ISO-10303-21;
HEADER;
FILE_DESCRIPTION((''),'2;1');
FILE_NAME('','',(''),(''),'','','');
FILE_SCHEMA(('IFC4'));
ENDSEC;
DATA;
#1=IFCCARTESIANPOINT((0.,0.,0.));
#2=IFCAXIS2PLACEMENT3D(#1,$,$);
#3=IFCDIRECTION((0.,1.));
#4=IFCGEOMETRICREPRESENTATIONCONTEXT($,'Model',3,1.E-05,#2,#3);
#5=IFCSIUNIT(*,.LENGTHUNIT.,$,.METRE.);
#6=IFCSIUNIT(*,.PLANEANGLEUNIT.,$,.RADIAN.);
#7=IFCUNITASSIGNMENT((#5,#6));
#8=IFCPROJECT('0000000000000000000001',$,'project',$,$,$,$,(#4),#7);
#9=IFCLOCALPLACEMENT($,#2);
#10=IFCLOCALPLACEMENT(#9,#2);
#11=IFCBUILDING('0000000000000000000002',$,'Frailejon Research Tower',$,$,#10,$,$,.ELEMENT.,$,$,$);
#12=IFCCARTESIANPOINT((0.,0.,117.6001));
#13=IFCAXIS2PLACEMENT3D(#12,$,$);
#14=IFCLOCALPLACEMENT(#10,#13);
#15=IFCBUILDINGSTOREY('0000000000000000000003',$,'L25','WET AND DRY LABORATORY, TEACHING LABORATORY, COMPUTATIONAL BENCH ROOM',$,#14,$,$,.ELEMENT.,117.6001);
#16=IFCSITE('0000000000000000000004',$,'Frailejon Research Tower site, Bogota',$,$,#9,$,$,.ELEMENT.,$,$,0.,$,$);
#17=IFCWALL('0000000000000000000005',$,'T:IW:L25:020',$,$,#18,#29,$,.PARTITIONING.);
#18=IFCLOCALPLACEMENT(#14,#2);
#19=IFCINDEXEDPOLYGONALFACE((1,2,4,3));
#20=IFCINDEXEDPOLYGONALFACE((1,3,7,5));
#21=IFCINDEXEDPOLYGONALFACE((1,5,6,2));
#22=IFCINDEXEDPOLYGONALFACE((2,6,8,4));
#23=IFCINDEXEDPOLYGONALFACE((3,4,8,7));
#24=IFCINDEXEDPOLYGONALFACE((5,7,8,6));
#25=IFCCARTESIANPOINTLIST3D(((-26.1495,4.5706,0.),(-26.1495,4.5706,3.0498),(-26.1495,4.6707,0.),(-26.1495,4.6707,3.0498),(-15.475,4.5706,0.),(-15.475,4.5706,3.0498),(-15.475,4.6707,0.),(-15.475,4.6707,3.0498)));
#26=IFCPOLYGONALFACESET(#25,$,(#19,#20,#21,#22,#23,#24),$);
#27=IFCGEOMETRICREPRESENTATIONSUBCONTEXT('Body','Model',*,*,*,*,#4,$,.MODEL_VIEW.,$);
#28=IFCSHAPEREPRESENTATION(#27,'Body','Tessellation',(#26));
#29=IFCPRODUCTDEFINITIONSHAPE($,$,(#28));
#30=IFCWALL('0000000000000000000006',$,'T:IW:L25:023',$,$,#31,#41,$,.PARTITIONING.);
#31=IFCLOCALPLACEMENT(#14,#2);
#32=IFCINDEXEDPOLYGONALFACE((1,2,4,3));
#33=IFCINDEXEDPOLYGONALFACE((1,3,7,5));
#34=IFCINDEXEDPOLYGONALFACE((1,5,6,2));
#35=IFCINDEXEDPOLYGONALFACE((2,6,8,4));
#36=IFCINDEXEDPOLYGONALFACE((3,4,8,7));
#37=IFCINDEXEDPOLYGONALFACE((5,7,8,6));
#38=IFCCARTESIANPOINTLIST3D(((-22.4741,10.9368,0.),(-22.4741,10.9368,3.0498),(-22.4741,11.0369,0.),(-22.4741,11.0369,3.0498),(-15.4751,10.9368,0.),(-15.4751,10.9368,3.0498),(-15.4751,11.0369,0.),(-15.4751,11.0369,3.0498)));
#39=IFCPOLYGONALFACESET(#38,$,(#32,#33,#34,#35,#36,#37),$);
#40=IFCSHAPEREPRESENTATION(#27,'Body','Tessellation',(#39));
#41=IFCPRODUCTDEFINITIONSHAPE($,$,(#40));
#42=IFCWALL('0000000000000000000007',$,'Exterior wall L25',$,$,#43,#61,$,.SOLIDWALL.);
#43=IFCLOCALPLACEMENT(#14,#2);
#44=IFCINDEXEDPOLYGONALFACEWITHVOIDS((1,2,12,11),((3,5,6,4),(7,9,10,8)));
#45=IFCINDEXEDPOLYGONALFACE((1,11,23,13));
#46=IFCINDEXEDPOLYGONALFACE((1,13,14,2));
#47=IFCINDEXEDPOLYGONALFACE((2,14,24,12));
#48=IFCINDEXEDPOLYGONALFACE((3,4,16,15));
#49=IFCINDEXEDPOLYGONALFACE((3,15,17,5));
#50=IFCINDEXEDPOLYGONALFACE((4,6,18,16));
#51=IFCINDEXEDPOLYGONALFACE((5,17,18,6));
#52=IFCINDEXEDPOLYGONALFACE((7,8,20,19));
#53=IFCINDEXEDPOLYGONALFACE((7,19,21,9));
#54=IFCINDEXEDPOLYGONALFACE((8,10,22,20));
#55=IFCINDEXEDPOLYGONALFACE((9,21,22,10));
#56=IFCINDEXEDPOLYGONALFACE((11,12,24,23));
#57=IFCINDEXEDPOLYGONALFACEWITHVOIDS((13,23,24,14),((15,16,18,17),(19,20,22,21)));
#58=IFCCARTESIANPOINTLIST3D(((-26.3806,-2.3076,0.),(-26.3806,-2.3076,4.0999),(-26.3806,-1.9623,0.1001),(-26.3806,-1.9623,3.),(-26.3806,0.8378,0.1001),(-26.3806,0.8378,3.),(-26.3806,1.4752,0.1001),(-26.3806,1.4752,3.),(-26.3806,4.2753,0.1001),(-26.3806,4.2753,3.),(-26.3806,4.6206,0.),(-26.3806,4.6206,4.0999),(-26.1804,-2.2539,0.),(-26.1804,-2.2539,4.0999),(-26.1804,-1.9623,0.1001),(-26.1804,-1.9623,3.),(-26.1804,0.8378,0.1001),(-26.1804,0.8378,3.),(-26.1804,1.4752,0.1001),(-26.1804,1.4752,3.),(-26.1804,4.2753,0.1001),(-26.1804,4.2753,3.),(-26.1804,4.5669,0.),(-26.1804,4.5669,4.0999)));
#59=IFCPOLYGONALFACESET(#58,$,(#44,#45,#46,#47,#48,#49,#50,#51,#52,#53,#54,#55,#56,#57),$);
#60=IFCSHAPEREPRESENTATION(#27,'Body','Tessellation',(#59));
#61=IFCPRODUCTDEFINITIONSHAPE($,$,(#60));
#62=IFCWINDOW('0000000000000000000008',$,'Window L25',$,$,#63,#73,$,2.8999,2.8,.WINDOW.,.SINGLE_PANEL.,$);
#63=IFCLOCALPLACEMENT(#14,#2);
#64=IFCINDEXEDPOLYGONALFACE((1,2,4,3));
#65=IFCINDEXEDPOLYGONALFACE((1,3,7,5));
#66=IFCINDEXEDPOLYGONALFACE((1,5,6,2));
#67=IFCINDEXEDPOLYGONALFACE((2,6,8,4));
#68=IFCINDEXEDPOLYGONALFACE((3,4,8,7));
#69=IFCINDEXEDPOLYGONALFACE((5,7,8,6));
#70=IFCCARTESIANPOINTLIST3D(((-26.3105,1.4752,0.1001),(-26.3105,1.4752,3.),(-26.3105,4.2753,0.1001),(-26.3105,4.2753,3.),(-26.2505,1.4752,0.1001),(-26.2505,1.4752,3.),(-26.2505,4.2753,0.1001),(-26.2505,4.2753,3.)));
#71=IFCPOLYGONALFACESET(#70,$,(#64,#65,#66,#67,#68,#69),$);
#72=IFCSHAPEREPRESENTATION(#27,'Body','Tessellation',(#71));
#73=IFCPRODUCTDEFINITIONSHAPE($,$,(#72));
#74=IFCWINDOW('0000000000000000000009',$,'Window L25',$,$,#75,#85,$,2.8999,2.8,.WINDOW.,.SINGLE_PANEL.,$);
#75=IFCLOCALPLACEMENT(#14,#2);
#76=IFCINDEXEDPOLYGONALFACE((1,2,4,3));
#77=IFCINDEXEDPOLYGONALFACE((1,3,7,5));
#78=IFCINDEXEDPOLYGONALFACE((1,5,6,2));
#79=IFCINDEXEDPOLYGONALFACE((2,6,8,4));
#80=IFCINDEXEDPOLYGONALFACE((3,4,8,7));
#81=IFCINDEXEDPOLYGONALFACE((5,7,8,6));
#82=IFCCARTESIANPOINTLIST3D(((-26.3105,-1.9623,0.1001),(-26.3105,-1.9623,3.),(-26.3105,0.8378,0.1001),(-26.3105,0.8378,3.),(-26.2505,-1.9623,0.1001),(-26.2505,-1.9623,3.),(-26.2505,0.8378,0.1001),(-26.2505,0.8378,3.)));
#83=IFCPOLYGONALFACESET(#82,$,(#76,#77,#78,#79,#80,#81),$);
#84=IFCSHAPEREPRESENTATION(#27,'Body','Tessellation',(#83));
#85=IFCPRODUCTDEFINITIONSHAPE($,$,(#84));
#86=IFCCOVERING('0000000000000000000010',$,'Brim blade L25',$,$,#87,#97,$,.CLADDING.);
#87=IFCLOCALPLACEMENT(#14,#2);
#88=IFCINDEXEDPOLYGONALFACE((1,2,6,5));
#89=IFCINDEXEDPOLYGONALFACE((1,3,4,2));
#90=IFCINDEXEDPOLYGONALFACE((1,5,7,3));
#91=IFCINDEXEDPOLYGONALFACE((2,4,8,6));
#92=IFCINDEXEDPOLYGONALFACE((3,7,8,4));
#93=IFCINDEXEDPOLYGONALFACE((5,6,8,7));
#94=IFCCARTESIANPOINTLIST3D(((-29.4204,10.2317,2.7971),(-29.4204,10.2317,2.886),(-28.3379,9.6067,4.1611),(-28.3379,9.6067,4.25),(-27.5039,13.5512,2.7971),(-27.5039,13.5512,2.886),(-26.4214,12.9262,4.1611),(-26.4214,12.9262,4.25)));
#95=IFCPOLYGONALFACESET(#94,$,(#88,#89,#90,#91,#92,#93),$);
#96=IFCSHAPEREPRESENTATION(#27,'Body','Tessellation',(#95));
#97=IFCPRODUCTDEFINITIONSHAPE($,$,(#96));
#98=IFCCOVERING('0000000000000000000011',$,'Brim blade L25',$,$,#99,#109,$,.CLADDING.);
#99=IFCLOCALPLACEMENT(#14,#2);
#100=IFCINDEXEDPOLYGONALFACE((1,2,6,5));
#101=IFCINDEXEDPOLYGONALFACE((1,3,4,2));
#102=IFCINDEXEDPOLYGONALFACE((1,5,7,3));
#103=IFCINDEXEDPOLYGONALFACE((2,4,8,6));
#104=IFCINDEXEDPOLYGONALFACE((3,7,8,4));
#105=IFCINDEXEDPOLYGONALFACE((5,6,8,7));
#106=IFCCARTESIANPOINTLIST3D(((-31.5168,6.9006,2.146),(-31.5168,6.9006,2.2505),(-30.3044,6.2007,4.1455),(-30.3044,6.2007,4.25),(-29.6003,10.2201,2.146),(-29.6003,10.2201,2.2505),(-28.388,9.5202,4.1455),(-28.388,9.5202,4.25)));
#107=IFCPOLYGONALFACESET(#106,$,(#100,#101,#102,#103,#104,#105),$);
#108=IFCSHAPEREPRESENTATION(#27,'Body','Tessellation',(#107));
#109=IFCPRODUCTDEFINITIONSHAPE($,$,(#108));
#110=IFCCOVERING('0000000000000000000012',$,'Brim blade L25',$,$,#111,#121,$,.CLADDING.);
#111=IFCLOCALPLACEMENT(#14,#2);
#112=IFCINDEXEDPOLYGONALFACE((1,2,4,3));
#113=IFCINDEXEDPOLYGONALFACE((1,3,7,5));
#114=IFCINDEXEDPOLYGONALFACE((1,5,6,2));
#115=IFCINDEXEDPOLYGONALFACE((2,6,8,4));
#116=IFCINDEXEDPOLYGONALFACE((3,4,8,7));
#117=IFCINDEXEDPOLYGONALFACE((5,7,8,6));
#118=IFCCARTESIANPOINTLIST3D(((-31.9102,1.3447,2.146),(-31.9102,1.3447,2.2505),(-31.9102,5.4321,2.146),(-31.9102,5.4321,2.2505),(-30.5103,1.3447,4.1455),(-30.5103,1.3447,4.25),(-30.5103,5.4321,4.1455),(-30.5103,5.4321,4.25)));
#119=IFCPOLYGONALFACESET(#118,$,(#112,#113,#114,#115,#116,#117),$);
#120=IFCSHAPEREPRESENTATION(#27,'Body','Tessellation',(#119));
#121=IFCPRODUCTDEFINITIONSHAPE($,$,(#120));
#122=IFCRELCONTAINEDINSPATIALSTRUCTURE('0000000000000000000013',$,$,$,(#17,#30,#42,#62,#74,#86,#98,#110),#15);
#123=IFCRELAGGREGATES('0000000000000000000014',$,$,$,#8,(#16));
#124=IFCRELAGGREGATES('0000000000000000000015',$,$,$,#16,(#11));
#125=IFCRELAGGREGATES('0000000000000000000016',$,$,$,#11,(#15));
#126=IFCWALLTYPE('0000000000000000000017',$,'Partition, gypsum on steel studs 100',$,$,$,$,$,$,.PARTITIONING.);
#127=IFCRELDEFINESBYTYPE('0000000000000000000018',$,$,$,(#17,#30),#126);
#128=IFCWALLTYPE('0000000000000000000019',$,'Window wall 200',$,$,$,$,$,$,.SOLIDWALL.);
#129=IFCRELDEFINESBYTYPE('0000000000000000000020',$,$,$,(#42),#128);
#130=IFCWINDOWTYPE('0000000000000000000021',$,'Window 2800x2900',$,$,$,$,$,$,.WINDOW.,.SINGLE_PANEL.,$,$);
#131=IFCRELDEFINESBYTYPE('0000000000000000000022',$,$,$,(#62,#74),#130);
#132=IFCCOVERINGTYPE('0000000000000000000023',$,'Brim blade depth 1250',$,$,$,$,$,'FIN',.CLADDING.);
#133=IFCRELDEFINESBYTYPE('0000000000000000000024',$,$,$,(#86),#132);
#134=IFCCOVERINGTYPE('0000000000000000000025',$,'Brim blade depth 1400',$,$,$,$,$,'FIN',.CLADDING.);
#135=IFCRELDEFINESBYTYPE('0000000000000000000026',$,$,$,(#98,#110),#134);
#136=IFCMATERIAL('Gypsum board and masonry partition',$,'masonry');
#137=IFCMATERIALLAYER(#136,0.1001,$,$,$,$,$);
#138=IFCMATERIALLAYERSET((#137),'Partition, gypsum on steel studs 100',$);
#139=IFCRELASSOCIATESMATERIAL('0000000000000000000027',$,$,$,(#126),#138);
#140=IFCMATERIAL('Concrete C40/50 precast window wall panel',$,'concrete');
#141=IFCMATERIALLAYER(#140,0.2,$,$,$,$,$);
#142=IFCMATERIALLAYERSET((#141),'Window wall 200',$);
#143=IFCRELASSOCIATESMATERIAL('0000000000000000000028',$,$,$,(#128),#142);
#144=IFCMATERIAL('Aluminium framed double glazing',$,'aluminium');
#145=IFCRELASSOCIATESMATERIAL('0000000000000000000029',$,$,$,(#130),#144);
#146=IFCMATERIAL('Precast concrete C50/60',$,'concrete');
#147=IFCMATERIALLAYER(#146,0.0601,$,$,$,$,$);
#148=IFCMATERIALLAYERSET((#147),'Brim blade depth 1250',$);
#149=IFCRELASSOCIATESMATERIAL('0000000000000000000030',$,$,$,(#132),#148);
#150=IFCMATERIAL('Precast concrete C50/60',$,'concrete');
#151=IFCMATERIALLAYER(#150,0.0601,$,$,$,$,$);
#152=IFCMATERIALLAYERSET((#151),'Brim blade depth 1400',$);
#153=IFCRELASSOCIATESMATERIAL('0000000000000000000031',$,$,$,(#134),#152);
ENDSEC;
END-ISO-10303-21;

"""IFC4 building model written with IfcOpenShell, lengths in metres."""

from ifc_helpers import new_model, si_unit, direction, frame, frame_2d, origin, place, context, subcontext, project, spatial, polyline, rectangle, outline, extrude, material, layer, layer_set, type_object, element, fill, save


model = new_model("IFC4")

# Units and contexts
model_context = context("Model", 3, precision=1e-05, world=origin(), true_north=direction((0.0, 1.0)))
body_context = subcontext(model_context, "Body", "Model", "MODEL_VIEW")
ifc_project = project(units=[si_unit("LENGTHUNIT", "METRE"), si_unit("PLANEANGLEUNIT", "RADIAN")], contexts=[model_context])

# Site, building, storey
site_placement = place(None, origin())
site = spatial("IfcSite", under=ifc_project, at=site_placement, Name="Frailejon Research Tower site, Bogota", CompositionType="ELEMENT", RefElevation=0.0)
building_placement = place(site_placement, origin())
building = spatial("IfcBuilding", under=site, at=building_placement, Name="Frailejon Research Tower", CompositionType="ELEMENT")
storey_placement = place(building_placement, frame((0.0, 0.0, 117.6001)))
storey = spatial("IfcBuildingStorey", under=building, at=storey_placement, Name="L25", Description="WET AND DRY LABORATORY, TEACHING LABORATORY, COMPUTATIONAL BENCH ROOM", CompositionType="ELEMENT", Elevation=117.6001)

# Walls
ifc_material_1 = material(Name="Gypsum board and masonry partition", Category="masonry")
ifc_layer_1 = layer(ifc_material_1, 0.1001)
ifc_layer_set_1 = layer_set([ifc_layer_1], Name="Partition, gypsum on steel studs 100")
wall_type_1 = type_object("IfcWallType", Name="Partition, gypsum on steel studs 100", PredefinedType="PARTITIONING", material=ifc_layer_set_1)
wall_1_placement = place(storey_placement, frame((-26.1497, 4.6206, 0.0), z_axis=(0.0, 0.0, 1.0), x_axis=(1.0, 0.0, 0.0)))
element("IfcWall", 1, at=wall_1_placement, inside=storey, type_object=wall_type_1, Name="T:IW:L25:020", PredefinedType="PARTITIONING", context=body_context, shape_type="SweptSolid", body=[
    extrude(rectangle(XDim=10.6746, YDim=0.1001, at=frame_2d((5.3374, 0.0))), origin(), (0.0, 0.0, 1.0), 3.0498),
])
wall_2_placement = place(storey_placement, frame((-22.4741, 10.9868, 0.0), z_axis=(0.0, 0.0, 1.0), x_axis=(1.0, 0.0, 0.0)))
element("IfcWall", 2, at=wall_2_placement, inside=storey, type_object=wall_type_1, Name="T:IW:L25:023", PredefinedType="PARTITIONING", context=body_context, shape_type="SweptSolid", body=[
    extrude(rectangle(XDim=6.999, YDim=0.1001, at=frame_2d((3.4995, 0.0))), origin(), (0.0, 0.0, 1.0), 3.0498),
])

# Wall, openings, windows
ifc_material_2 = material(Name="Concrete C40/50 precast window wall panel", Category="concrete")
ifc_layer_2 = layer(ifc_material_2, 0.2)
ifc_layer_set_2 = layer_set([ifc_layer_2], Name="Window wall 200")
wall_type_2 = type_object("IfcWallType", Name="Window wall 200", PredefinedType="SOLIDWALL", material=ifc_layer_set_2)
wall_3_placement = place(storey_placement, frame((-26.2805, 4.5938, 0.0), z_axis=(0.0, 0.0, 1.0), x_axis=(0.0, -1.0, 0.0)))
wall_3 = element("IfcWall", 3, at=wall_3_placement, inside=storey, type_object=wall_type_2, Name="Exterior wall L25", PredefinedType="SOLIDWALL", context=body_context, shape_type="SweptSolid", body=[
    extrude(outline(polyline([(-0.0269, -0.1001), (1.1279, -0.1001), (2.2825, -0.1001), (3.4373, -0.1001), (4.592, -0.1001), (5.7466, -0.1001), (6.9014, -0.1001), (6.8477, 0.1001), (5.7109, 0.1001), (4.574, 0.1001), (3.4373, 0.1001), (2.3005, 0.1001), (1.1636, 0.1001), (0.0269, 0.1001), (-0.0269, -0.1001)])), origin(), (0.0, 0.0, 1.0), 4.0999),
])
opening_1_placement = place(wall_3_placement, frame((0.3186, 0.0, 0.1001)))
opening_1 = element("IfcOpeningElement", 4, at=opening_1_placement, cuts=wall_3, PredefinedType="OPENING", context=body_context, shape_type="SweptSolid", body=[
    extrude(rectangle(XDim=2.8, YDim=2.8999, at=frame_2d((1.3999, 1.45))), frame((0.0, 0.1099, 0.0), z_axis=(0.0, -1.0, 0.0), x_axis=(1.0, 0.0, 0.0)), (0.0, 0.0, 1.0), 0.22),
])
opening_2_placement = place(wall_3_placement, frame((3.7561, 0.0, 0.1001)))
opening_2 = element("IfcOpeningElement", 5, at=opening_2_placement, cuts=wall_3, PredefinedType="OPENING", context=body_context, shape_type="SweptSolid", body=[
    extrude(rectangle(XDim=2.8, YDim=2.8999, at=frame_2d((1.3999, 1.45))), frame((0.0, 0.1099, 0.0), z_axis=(0.0, -1.0, 0.0), x_axis=(1.0, 0.0, 0.0)), (0.0, 0.0, 1.0), 0.22),
])
ifc_material_3 = material(Name="Aluminium framed double glazing", Category="aluminium")
window_type = type_object("IfcWindowType", Name="Window 2800x2900", PartitioningType="SINGLE_PANEL", PredefinedType="WINDOW", material=ifc_material_3)
window_1_placement = place(opening_1_placement, origin())
window_1 = element("IfcWindow", 6, at=window_1_placement, inside=storey, type_object=window_type, Name="Window L25", OverallHeight=2.8999, OverallWidth=2.8, PartitioningType="SINGLE_PANEL", PredefinedType="WINDOW", context=body_context, shape_type="SweptSolid", body=[
    extrude(rectangle(XDim=2.8, YDim=2.8999, at=frame_2d((1.3999, 1.45))), frame((0.0, 0.03, 0.0), z_axis=(0.0, -1.0, 0.0), x_axis=(1.0, 0.0, 0.0)), (0.0, 0.0, 1.0), 0.0601),
])
fill(opening_1, window_1)
window_2_placement = place(opening_2_placement, origin())
window_2 = element("IfcWindow", 7, at=window_2_placement, inside=storey, type_object=window_type, Name="Window L25", OverallHeight=2.8999, OverallWidth=2.8, PartitioningType="SINGLE_PANEL", PredefinedType="WINDOW", context=body_context, shape_type="SweptSolid", body=[
    extrude(rectangle(XDim=2.8, YDim=2.8999, at=frame_2d((1.3999, 1.45))), frame((0.0, 0.03, 0.0), z_axis=(0.0, -1.0, 0.0), x_axis=(1.0, 0.0, 0.0)), (0.0, 0.0, 1.0), 0.0601),
])
fill(opening_2, window_2)

# Coverings
ifc_material_4 = material(Name="Precast concrete C50/60", Category="concrete")
ifc_layer_3 = layer(ifc_material_4, 0.0601)
ifc_layer_set_3 = layer_set([ifc_layer_3], Name="Brim blade depth 1250")
covering_type_1 = type_object("IfcCoveringType", Name="Brim blade depth 1250", ElementType="FIN", PredefinedType="CLADDING", material=ifc_layer_set_3)
covering_1_placement = place(storey_placement, frame((-28.3379, 9.6067, 4.25), z_axis=(0.499998, 0.866027, 0.0), x_axis=(-0.866027, 0.499998, 0.0)))
element("IfcCovering", 8, at=covering_1_placement, inside=storey, type_object=covering_type_1, Name="Brim blade L25", PredefinedType="CLADDING", context=body_context, shape_type="SweptSolid", body=[
    extrude(outline(polyline([(0.0, -0.0889), (1.25, -1.4529), (1.25, -1.364), (0.0, 0.0), (0.0, -0.0889)])), origin(), (0.0, 0.0, 1.0), 3.833),
])
ifc_material_5 = material(Name="Precast concrete C50/60", Category="concrete")
ifc_layer_4 = layer(ifc_material_5, 0.0601)
ifc_layer_set_4 = layer_set([ifc_layer_4], Name="Brim blade depth 1400")
covering_type_2 = type_object("IfcCoveringType", Name="Brim blade depth 1400", ElementType="FIN", PredefinedType="CLADDING", material=ifc_layer_set_4)
covering_2_placement = place(storey_placement, frame((-30.3044, 6.2007, 4.25), z_axis=(0.49999, 0.866031, 0.0), x_axis=(-0.866031, 0.49999, 0.0)))
element("IfcCovering", 9, at=covering_2_placement, inside=storey, type_object=covering_type_2, Name="Brim blade L25", PredefinedType="CLADDING", context=body_context, shape_type="SweptSolid", body=[
    extrude(outline(polyline([(0.0, -0.1045), (1.3999, -2.104), (1.3999, -1.9995), (0.0, 0.0), (0.0, -0.1045)])), origin(), (0.0, 0.0, 1.0), 3.833),
])
covering_3_placement = place(storey_placement, frame((-30.5103, 1.3447, 4.25), z_axis=(0.0, 1.0, 0.0), x_axis=(-1.0, 0.0, 0.0)))
element("IfcCovering", 10, at=covering_3_placement, inside=storey, type_object=covering_type_2, Name="Brim blade L25", PredefinedType="CLADDING", context=body_context, shape_type="SweptSolid", body=[
    extrude(outline(polyline([(0.0, -0.1045), (1.3999, -2.104), (1.3999, -1.9995), (0.0, 0.0), (0.0, -0.1045)])), origin(), (0.0, 0.0, 1.0), 4.0874),
])

save(model, "model.ifc")
